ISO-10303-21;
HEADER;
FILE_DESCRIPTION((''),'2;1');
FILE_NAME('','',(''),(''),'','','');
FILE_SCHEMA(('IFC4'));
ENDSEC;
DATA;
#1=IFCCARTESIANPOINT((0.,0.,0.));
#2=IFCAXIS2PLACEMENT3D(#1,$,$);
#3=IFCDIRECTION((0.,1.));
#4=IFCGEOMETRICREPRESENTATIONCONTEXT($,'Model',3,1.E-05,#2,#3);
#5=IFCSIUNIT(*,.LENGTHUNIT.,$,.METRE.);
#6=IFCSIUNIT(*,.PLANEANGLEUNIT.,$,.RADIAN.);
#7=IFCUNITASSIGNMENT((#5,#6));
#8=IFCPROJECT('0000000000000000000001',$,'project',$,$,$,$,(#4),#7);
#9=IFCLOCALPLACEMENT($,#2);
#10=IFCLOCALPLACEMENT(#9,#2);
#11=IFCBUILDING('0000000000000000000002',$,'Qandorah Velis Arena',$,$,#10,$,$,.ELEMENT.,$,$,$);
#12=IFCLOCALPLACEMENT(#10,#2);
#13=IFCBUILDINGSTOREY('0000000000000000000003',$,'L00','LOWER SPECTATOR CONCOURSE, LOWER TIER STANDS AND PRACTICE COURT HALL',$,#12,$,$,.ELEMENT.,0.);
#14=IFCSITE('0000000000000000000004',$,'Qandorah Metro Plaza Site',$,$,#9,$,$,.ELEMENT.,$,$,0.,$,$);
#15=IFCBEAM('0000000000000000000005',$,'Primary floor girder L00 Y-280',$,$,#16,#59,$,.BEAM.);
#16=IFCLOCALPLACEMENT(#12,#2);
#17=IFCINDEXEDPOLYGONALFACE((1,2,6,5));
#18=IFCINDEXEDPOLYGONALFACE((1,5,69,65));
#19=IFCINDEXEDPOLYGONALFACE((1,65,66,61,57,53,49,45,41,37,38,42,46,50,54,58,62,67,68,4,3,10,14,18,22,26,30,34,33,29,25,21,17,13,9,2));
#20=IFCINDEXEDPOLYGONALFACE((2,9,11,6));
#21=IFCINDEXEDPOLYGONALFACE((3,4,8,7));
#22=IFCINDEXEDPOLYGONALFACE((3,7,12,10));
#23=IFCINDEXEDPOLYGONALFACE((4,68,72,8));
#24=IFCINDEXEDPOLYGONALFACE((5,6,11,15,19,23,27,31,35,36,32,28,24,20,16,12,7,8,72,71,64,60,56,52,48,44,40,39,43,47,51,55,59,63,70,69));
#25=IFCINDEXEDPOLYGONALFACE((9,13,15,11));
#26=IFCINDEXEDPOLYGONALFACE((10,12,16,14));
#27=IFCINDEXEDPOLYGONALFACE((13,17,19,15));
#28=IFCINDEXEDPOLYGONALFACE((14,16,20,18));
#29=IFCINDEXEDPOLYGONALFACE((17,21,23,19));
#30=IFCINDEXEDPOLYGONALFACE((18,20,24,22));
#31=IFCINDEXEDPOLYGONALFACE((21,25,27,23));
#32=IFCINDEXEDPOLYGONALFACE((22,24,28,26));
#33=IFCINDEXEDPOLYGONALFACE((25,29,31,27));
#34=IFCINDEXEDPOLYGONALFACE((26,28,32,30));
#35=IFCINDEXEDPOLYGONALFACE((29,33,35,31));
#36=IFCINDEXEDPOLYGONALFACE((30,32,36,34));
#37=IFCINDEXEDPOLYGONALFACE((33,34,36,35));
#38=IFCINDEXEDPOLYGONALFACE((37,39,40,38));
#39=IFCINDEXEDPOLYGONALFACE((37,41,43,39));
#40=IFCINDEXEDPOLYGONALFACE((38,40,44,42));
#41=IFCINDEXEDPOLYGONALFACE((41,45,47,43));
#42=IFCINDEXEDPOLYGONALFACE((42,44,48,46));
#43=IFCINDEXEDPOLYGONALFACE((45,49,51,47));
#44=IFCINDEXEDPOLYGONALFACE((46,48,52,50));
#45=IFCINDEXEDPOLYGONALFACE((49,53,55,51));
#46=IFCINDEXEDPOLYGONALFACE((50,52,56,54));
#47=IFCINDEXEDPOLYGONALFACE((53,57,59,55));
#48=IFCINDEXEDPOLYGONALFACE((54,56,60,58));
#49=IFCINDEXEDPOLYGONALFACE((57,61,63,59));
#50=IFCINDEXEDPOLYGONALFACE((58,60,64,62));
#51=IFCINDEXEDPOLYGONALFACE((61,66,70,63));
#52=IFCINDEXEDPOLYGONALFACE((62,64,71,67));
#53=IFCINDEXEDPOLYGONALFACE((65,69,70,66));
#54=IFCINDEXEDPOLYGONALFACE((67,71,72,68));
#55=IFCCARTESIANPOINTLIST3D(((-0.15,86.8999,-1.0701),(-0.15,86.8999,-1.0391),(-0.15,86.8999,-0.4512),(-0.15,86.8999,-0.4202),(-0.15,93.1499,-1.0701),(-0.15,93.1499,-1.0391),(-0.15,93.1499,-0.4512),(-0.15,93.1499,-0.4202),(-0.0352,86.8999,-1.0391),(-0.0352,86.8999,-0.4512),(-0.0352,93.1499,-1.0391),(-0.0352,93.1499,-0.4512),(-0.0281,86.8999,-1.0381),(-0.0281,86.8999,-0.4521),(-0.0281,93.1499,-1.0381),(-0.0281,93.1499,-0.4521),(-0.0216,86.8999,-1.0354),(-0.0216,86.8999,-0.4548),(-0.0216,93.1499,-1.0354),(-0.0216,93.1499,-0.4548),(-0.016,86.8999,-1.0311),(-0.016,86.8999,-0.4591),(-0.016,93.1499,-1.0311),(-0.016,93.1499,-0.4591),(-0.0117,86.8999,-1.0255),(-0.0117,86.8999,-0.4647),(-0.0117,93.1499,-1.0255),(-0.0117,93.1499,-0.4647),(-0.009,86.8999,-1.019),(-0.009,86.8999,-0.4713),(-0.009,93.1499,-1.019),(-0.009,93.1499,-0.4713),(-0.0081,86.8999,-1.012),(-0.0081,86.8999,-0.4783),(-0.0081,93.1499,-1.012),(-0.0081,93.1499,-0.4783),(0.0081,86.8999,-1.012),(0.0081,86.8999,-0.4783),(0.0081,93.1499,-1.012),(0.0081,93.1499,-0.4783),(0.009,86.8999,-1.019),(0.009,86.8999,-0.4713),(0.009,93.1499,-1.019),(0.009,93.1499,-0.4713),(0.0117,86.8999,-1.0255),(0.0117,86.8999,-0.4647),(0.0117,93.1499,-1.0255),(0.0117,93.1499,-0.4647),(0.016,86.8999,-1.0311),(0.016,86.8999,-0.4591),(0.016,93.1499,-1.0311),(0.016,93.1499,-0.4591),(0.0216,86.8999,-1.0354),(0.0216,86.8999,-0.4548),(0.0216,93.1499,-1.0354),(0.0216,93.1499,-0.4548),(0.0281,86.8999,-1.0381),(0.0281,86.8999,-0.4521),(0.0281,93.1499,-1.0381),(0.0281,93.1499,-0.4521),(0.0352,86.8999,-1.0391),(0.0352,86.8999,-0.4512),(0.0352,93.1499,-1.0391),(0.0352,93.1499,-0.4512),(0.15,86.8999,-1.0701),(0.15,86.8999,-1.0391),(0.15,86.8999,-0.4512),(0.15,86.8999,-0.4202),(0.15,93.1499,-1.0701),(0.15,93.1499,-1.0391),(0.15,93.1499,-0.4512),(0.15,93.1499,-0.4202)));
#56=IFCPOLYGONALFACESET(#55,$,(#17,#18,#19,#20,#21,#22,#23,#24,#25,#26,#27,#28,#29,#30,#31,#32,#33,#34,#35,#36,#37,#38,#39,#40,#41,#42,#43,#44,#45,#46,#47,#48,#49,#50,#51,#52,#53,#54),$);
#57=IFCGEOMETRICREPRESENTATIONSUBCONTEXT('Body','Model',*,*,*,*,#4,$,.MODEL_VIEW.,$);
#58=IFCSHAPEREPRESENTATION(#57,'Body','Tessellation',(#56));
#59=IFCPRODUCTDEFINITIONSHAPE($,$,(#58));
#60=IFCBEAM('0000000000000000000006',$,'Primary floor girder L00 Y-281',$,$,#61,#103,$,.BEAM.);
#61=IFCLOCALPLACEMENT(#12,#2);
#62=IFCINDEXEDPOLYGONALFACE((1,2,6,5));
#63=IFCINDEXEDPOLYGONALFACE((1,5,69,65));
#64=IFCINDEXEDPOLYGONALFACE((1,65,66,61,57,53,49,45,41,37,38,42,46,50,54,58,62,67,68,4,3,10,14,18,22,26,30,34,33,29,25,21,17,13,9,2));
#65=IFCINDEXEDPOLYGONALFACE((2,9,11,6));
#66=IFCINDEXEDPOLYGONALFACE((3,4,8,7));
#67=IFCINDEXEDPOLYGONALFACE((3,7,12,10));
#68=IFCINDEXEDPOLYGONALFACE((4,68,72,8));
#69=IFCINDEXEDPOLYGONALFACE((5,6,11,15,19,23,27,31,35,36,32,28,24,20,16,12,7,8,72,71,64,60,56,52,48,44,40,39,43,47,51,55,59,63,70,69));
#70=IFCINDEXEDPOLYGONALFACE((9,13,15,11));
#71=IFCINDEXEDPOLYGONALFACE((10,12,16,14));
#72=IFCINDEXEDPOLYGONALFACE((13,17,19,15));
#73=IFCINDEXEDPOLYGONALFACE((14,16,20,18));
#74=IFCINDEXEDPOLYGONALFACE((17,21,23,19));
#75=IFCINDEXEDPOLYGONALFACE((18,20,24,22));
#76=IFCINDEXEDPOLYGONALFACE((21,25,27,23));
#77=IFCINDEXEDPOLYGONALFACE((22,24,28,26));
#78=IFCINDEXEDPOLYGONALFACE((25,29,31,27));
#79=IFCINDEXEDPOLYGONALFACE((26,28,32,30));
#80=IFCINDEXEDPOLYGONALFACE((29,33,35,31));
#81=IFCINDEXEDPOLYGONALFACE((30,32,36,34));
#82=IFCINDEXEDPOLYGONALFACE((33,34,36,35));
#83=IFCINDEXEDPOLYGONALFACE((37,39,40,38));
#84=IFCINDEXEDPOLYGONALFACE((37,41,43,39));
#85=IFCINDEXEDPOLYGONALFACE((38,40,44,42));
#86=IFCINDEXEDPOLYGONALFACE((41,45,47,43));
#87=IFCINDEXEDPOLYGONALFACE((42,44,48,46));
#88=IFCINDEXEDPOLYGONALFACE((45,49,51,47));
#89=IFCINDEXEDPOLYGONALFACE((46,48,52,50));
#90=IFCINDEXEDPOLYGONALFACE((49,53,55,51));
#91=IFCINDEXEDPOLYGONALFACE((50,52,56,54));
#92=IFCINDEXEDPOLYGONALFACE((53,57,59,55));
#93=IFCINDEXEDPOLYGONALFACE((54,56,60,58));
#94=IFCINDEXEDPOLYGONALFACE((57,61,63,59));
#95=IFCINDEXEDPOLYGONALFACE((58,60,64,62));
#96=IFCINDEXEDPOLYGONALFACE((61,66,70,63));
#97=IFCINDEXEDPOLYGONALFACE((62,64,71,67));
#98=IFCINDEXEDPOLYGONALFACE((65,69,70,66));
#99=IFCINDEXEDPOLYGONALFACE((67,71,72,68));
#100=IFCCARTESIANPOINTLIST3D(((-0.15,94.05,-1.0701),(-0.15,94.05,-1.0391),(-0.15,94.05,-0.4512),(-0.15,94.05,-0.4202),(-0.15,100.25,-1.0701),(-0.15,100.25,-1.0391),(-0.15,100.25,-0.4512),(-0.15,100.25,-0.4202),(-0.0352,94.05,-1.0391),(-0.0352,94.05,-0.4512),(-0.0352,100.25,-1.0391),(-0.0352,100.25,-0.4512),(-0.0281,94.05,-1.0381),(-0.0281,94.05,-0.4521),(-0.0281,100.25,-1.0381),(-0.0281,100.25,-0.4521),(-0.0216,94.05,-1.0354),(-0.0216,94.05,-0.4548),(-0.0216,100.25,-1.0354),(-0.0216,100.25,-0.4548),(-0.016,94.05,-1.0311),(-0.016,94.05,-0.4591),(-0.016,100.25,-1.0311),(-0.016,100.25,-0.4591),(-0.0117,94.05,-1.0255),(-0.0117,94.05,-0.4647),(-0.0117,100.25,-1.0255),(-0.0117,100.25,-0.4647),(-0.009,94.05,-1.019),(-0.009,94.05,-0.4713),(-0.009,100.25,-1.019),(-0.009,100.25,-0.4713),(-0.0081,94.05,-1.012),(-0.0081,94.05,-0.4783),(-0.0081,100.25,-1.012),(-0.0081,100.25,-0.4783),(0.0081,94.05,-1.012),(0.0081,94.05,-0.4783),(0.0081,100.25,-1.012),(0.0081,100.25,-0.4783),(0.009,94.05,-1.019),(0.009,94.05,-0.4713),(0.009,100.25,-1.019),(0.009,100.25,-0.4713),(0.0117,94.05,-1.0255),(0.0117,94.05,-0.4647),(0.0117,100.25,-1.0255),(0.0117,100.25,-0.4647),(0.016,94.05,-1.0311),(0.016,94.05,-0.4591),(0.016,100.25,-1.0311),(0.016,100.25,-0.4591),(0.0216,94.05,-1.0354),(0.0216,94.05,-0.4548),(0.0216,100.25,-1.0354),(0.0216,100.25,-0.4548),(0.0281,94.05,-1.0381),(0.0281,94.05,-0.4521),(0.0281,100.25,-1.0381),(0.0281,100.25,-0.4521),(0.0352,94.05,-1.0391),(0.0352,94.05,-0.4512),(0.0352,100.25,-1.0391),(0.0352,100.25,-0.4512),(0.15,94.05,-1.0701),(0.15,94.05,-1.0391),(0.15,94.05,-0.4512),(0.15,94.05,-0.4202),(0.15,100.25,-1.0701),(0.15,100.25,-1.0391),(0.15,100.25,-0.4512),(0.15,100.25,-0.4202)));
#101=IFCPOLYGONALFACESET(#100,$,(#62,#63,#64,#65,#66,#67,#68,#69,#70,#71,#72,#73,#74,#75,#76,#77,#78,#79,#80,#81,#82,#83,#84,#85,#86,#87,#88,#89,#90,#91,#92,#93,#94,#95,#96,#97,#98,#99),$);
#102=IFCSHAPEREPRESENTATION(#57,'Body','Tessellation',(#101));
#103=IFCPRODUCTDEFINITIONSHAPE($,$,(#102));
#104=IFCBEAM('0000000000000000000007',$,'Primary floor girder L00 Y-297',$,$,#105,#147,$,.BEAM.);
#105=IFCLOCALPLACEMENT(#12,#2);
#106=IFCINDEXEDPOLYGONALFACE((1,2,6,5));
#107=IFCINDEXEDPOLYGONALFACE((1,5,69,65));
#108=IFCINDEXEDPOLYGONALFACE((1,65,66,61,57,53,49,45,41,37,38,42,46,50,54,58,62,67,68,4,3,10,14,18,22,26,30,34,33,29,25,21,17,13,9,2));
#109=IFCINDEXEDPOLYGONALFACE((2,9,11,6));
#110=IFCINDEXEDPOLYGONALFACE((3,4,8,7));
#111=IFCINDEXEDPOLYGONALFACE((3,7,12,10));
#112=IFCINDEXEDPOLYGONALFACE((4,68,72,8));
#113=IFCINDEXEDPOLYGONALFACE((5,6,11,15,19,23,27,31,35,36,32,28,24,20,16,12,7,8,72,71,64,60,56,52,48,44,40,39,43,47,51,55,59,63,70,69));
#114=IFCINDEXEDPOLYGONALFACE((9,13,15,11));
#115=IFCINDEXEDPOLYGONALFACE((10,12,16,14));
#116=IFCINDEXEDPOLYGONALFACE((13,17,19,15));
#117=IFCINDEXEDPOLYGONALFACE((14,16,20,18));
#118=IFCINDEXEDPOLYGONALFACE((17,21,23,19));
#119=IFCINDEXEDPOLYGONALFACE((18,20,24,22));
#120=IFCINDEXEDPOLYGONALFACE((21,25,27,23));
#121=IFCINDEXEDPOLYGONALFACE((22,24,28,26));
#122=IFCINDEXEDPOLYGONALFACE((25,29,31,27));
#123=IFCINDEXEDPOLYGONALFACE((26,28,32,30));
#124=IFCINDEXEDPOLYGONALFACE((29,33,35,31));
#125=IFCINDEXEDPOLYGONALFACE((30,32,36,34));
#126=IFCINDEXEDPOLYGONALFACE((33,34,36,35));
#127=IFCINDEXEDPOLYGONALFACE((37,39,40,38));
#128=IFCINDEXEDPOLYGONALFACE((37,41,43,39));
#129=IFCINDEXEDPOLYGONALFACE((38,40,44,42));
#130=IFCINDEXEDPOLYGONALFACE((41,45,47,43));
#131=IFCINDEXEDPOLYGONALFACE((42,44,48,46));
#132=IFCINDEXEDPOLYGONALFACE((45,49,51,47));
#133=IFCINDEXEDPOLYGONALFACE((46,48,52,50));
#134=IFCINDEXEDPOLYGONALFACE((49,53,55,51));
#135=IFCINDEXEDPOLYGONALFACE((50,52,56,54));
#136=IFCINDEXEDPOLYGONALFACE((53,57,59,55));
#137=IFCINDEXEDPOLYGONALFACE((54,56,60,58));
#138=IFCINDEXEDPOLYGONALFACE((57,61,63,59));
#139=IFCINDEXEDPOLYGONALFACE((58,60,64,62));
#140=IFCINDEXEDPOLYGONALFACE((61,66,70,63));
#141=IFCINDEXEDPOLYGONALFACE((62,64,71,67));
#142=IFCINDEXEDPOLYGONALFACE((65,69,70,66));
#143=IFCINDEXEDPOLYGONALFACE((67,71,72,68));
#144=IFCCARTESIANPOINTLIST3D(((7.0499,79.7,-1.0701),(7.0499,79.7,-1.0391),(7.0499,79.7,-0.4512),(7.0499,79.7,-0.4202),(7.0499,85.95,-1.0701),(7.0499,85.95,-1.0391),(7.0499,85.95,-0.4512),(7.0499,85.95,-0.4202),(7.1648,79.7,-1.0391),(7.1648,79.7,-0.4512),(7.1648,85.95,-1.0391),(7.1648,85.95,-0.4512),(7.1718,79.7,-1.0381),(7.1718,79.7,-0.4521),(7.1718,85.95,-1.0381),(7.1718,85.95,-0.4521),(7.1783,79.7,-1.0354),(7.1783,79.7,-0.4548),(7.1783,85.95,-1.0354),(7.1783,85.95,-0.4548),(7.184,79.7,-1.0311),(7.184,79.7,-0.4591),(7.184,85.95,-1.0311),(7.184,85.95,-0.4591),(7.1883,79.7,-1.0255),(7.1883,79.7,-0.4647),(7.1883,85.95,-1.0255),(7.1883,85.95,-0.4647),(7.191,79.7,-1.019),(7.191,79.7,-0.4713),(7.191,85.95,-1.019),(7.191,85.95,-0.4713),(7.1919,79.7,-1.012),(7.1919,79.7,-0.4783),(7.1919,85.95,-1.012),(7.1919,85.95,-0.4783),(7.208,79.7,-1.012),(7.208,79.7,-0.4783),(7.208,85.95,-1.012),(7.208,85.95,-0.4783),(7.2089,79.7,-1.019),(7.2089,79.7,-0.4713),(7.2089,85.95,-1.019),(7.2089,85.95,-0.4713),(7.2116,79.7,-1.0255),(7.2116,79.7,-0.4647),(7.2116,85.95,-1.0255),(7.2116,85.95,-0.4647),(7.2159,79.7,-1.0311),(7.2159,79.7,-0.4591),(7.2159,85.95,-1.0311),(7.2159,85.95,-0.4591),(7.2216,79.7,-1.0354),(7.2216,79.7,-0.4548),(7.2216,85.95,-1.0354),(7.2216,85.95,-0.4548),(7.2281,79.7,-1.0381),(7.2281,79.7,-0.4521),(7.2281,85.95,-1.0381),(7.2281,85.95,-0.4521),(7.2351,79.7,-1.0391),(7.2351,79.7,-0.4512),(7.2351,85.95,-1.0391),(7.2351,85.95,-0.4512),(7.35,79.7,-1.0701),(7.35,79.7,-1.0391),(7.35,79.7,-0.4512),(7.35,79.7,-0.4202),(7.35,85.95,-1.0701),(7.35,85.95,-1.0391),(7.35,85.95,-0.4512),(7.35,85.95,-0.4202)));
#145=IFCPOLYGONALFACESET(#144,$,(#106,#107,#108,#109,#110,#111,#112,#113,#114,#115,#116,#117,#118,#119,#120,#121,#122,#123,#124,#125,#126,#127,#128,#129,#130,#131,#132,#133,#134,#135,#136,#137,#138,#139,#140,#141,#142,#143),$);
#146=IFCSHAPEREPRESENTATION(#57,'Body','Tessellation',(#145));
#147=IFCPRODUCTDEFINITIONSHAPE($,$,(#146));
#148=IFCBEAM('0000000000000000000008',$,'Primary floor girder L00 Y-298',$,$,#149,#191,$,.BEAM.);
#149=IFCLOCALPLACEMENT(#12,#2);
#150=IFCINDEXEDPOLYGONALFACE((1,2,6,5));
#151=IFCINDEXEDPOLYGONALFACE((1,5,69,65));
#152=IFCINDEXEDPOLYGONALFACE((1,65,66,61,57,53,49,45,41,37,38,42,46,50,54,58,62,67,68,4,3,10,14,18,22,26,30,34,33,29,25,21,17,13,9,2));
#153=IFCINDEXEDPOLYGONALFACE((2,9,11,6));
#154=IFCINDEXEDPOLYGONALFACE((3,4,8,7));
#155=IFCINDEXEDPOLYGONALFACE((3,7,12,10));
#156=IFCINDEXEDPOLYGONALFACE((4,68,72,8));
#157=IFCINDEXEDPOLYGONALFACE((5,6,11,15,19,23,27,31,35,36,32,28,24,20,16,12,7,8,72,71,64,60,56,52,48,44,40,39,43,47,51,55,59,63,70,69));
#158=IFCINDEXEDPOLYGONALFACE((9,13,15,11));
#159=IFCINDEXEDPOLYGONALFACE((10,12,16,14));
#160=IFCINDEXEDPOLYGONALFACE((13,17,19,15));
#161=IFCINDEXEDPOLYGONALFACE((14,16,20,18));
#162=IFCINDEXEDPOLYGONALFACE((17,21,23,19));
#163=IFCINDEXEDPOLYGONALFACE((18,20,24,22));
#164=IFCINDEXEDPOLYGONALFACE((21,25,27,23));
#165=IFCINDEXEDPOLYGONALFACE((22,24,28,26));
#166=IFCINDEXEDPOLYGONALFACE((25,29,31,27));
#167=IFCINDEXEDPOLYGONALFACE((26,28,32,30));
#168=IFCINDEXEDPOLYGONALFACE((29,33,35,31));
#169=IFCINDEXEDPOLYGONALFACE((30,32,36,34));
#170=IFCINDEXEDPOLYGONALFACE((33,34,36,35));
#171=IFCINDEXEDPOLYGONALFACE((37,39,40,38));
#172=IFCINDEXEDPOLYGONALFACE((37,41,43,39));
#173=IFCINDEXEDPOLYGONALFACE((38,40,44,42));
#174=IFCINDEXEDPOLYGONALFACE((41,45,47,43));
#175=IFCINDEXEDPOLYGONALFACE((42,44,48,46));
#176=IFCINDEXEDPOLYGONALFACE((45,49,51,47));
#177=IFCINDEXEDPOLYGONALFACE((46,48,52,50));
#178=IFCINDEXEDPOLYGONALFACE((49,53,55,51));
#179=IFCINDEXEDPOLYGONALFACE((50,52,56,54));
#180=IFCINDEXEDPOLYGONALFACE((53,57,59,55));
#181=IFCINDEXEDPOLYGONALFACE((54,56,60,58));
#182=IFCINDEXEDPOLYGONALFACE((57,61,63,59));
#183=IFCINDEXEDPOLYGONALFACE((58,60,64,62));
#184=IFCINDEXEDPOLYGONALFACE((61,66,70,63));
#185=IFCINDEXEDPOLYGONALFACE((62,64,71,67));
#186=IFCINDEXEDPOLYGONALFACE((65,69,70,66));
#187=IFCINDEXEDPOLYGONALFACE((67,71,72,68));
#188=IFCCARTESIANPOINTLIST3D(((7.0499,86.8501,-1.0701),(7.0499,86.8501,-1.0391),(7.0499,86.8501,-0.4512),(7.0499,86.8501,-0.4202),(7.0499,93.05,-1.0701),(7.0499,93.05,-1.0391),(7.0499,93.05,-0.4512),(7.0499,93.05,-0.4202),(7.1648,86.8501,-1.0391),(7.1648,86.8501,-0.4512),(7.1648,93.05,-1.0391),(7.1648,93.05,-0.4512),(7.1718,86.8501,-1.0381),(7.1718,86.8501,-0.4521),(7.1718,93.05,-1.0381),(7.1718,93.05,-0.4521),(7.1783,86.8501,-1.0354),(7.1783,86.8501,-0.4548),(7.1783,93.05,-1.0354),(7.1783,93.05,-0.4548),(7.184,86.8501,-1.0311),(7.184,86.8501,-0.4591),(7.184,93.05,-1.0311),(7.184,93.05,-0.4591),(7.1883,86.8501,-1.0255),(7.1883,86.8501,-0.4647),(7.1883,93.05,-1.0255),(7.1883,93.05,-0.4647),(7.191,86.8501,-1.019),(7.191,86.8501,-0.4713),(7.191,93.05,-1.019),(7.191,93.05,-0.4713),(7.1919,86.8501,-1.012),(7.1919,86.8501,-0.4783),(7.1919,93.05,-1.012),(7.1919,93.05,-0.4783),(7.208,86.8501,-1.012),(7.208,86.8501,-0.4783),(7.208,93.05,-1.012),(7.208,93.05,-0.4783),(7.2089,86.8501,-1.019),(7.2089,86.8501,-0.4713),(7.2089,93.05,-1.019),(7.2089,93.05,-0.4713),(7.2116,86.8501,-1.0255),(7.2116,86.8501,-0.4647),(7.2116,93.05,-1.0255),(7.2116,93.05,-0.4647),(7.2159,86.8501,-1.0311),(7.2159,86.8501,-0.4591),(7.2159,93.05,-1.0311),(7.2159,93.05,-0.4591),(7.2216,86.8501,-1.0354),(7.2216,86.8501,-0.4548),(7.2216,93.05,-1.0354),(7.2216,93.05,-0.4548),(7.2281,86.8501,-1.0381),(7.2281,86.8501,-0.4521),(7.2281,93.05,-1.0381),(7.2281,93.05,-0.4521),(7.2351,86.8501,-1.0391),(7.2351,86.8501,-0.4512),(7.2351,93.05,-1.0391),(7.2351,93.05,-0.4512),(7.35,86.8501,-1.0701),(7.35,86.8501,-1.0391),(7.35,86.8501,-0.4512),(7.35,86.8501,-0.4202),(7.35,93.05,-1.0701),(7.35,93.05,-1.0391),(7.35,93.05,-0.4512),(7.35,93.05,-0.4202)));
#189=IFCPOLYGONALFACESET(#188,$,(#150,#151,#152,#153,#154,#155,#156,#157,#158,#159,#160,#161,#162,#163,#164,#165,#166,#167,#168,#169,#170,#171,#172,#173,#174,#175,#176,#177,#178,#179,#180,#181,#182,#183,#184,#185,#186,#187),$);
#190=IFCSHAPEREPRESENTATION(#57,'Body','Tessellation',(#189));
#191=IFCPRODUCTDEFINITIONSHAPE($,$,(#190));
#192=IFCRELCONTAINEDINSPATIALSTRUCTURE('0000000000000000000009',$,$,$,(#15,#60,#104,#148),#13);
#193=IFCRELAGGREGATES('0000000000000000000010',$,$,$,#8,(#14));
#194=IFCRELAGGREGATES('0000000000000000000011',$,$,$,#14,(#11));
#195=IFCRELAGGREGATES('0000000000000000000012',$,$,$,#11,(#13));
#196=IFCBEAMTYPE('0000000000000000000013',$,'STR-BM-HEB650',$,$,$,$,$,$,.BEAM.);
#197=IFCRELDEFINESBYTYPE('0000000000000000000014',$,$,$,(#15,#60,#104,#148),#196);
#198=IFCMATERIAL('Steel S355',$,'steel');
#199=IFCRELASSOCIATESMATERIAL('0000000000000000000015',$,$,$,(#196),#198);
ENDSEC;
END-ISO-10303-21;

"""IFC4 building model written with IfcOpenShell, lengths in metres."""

from ifc_helpers import new_model, si_unit, direction, frame, origin, origin_2d, place, context, subcontext, project, spatial, i_section, extrude, material, material_profile, profile_set, type_object, element, save


model = new_model("IFC4")

# Units and contexts
model_context = context("Model", 3, precision=1e-05, world=origin(), true_north=direction((0.0, 1.0)))
body_context = subcontext(model_context, "Body", "Model", "MODEL_VIEW")
ifc_project = project(units=[si_unit("LENGTHUNIT", "METRE"), si_unit("PLANEANGLEUNIT", "RADIAN")], contexts=[model_context])

# Site, building, storey
site_placement = place(None, origin())
site = spatial("IfcSite", under=ifc_project, at=site_placement, Name="Qandorah Metro Plaza Site", CompositionType="ELEMENT", RefElevation=0.0)
building_placement = place(site_placement, origin())
building = spatial("IfcBuilding", under=site, at=building_placement, Name="Qandorah Velis Arena", CompositionType="ELEMENT")
storey_placement = place(building_placement, origin())
storey = spatial("IfcBuildingStorey", under=building, at=storey_placement, Name="L00", Description="LOWER SPECTATOR CONCOURSE, LOWER TIER STANDS AND PRACTICE COURT HALL", CompositionType="ELEMENT", Elevation=0.0)

# Beams
ifc_material_1 = material(Name="Steel S355", Category="steel")
ifc_material_profile_1 = material_profile(ifc_material_1, i_section(OverallWidth=0.3, OverallDepth=0.6499, WebThickness=0.0161, FlangeThickness=0.031, FilletRadius=0.0271, at=origin_2d()), Name="HEB 650")
ifc_profile_set_1 = profile_set([ifc_material_profile_1], Name="Steel S355")
beam_type_1 = type_object("IfcBeamType", Name="STR-BM-HEB650", PredefinedType="BEAM", material=ifc_profile_set_1)
beam_1_placement = place(storey_placement, frame((0.0, 86.8999, -0.7451), z_axis=(0.0, 1.0, 0.0), x_axis=(-1.0, 0.0, 0.0)))
element("IfcBeam", 1, at=beam_1_placement, inside=storey, type_object=beam_type_1, Name="Primary floor girder L00 Y-280", PredefinedType="BEAM", context=body_context, shape_type="SweptSolid", body=[
    extrude(i_section(OverallWidth=0.3, OverallDepth=0.6499, WebThickness=0.0161, FlangeThickness=0.031, FilletRadius=0.0271, at=origin_2d()), origin(), (0.0, 0.0, 1.0), 6.25),
])
beam_2_placement = place(storey_placement, frame((0.0, 94.05, -0.7451), z_axis=(0.0, 1.0, 0.0), x_axis=(-1.0, 0.0, 0.0)))
element("IfcBeam", 2, at=beam_2_placement, inside=storey, type_object=beam_type_1, Name="Primary floor girder L00 Y-281", PredefinedType="BEAM", context=body_context, shape_type="SweptSolid", body=[
    extrude(i_section(OverallWidth=0.3, OverallDepth=0.6499, WebThickness=0.0161, FlangeThickness=0.031, FilletRadius=0.0271, at=origin_2d()), origin(), (0.0, 0.0, 1.0), 6.2),
])
beam_3_placement = place(storey_placement, frame((7.2, 79.7, -0.7451), z_axis=(0.0, 1.0, 0.0), x_axis=(-1.0, 0.0, 0.0)))
element("IfcBeam", 3, at=beam_3_placement, inside=storey, type_object=beam_type_1, Name="Primary floor girder L00 Y-297", PredefinedType="BEAM", context=body_context, shape_type="SweptSolid", body=[
    extrude(i_section(OverallWidth=0.3, OverallDepth=0.6499, WebThickness=0.0161, FlangeThickness=0.031, FilletRadius=0.0271, at=origin_2d()), origin(), (0.0, 0.0, 1.0), 6.25),
])
beam_4_placement = place(storey_placement, frame((7.2, 86.8501, -0.7451), z_axis=(0.0, 1.0, 0.0), x_axis=(-1.0, 0.0, 0.0)))
element("IfcBeam", 4, at=beam_4_placement, inside=storey, type_object=beam_type_1, Name="Primary floor girder L00 Y-298", PredefinedType="BEAM", context=body_context, shape_type="SweptSolid", body=[
    extrude(i_section(OverallWidth=0.3, OverallDepth=0.6499, WebThickness=0.0161, FlangeThickness=0.031, FilletRadius=0.0271, at=origin_2d()), origin(), (0.0, 0.0, 1.0), 6.2),
])

save(model, "model.ifc")
